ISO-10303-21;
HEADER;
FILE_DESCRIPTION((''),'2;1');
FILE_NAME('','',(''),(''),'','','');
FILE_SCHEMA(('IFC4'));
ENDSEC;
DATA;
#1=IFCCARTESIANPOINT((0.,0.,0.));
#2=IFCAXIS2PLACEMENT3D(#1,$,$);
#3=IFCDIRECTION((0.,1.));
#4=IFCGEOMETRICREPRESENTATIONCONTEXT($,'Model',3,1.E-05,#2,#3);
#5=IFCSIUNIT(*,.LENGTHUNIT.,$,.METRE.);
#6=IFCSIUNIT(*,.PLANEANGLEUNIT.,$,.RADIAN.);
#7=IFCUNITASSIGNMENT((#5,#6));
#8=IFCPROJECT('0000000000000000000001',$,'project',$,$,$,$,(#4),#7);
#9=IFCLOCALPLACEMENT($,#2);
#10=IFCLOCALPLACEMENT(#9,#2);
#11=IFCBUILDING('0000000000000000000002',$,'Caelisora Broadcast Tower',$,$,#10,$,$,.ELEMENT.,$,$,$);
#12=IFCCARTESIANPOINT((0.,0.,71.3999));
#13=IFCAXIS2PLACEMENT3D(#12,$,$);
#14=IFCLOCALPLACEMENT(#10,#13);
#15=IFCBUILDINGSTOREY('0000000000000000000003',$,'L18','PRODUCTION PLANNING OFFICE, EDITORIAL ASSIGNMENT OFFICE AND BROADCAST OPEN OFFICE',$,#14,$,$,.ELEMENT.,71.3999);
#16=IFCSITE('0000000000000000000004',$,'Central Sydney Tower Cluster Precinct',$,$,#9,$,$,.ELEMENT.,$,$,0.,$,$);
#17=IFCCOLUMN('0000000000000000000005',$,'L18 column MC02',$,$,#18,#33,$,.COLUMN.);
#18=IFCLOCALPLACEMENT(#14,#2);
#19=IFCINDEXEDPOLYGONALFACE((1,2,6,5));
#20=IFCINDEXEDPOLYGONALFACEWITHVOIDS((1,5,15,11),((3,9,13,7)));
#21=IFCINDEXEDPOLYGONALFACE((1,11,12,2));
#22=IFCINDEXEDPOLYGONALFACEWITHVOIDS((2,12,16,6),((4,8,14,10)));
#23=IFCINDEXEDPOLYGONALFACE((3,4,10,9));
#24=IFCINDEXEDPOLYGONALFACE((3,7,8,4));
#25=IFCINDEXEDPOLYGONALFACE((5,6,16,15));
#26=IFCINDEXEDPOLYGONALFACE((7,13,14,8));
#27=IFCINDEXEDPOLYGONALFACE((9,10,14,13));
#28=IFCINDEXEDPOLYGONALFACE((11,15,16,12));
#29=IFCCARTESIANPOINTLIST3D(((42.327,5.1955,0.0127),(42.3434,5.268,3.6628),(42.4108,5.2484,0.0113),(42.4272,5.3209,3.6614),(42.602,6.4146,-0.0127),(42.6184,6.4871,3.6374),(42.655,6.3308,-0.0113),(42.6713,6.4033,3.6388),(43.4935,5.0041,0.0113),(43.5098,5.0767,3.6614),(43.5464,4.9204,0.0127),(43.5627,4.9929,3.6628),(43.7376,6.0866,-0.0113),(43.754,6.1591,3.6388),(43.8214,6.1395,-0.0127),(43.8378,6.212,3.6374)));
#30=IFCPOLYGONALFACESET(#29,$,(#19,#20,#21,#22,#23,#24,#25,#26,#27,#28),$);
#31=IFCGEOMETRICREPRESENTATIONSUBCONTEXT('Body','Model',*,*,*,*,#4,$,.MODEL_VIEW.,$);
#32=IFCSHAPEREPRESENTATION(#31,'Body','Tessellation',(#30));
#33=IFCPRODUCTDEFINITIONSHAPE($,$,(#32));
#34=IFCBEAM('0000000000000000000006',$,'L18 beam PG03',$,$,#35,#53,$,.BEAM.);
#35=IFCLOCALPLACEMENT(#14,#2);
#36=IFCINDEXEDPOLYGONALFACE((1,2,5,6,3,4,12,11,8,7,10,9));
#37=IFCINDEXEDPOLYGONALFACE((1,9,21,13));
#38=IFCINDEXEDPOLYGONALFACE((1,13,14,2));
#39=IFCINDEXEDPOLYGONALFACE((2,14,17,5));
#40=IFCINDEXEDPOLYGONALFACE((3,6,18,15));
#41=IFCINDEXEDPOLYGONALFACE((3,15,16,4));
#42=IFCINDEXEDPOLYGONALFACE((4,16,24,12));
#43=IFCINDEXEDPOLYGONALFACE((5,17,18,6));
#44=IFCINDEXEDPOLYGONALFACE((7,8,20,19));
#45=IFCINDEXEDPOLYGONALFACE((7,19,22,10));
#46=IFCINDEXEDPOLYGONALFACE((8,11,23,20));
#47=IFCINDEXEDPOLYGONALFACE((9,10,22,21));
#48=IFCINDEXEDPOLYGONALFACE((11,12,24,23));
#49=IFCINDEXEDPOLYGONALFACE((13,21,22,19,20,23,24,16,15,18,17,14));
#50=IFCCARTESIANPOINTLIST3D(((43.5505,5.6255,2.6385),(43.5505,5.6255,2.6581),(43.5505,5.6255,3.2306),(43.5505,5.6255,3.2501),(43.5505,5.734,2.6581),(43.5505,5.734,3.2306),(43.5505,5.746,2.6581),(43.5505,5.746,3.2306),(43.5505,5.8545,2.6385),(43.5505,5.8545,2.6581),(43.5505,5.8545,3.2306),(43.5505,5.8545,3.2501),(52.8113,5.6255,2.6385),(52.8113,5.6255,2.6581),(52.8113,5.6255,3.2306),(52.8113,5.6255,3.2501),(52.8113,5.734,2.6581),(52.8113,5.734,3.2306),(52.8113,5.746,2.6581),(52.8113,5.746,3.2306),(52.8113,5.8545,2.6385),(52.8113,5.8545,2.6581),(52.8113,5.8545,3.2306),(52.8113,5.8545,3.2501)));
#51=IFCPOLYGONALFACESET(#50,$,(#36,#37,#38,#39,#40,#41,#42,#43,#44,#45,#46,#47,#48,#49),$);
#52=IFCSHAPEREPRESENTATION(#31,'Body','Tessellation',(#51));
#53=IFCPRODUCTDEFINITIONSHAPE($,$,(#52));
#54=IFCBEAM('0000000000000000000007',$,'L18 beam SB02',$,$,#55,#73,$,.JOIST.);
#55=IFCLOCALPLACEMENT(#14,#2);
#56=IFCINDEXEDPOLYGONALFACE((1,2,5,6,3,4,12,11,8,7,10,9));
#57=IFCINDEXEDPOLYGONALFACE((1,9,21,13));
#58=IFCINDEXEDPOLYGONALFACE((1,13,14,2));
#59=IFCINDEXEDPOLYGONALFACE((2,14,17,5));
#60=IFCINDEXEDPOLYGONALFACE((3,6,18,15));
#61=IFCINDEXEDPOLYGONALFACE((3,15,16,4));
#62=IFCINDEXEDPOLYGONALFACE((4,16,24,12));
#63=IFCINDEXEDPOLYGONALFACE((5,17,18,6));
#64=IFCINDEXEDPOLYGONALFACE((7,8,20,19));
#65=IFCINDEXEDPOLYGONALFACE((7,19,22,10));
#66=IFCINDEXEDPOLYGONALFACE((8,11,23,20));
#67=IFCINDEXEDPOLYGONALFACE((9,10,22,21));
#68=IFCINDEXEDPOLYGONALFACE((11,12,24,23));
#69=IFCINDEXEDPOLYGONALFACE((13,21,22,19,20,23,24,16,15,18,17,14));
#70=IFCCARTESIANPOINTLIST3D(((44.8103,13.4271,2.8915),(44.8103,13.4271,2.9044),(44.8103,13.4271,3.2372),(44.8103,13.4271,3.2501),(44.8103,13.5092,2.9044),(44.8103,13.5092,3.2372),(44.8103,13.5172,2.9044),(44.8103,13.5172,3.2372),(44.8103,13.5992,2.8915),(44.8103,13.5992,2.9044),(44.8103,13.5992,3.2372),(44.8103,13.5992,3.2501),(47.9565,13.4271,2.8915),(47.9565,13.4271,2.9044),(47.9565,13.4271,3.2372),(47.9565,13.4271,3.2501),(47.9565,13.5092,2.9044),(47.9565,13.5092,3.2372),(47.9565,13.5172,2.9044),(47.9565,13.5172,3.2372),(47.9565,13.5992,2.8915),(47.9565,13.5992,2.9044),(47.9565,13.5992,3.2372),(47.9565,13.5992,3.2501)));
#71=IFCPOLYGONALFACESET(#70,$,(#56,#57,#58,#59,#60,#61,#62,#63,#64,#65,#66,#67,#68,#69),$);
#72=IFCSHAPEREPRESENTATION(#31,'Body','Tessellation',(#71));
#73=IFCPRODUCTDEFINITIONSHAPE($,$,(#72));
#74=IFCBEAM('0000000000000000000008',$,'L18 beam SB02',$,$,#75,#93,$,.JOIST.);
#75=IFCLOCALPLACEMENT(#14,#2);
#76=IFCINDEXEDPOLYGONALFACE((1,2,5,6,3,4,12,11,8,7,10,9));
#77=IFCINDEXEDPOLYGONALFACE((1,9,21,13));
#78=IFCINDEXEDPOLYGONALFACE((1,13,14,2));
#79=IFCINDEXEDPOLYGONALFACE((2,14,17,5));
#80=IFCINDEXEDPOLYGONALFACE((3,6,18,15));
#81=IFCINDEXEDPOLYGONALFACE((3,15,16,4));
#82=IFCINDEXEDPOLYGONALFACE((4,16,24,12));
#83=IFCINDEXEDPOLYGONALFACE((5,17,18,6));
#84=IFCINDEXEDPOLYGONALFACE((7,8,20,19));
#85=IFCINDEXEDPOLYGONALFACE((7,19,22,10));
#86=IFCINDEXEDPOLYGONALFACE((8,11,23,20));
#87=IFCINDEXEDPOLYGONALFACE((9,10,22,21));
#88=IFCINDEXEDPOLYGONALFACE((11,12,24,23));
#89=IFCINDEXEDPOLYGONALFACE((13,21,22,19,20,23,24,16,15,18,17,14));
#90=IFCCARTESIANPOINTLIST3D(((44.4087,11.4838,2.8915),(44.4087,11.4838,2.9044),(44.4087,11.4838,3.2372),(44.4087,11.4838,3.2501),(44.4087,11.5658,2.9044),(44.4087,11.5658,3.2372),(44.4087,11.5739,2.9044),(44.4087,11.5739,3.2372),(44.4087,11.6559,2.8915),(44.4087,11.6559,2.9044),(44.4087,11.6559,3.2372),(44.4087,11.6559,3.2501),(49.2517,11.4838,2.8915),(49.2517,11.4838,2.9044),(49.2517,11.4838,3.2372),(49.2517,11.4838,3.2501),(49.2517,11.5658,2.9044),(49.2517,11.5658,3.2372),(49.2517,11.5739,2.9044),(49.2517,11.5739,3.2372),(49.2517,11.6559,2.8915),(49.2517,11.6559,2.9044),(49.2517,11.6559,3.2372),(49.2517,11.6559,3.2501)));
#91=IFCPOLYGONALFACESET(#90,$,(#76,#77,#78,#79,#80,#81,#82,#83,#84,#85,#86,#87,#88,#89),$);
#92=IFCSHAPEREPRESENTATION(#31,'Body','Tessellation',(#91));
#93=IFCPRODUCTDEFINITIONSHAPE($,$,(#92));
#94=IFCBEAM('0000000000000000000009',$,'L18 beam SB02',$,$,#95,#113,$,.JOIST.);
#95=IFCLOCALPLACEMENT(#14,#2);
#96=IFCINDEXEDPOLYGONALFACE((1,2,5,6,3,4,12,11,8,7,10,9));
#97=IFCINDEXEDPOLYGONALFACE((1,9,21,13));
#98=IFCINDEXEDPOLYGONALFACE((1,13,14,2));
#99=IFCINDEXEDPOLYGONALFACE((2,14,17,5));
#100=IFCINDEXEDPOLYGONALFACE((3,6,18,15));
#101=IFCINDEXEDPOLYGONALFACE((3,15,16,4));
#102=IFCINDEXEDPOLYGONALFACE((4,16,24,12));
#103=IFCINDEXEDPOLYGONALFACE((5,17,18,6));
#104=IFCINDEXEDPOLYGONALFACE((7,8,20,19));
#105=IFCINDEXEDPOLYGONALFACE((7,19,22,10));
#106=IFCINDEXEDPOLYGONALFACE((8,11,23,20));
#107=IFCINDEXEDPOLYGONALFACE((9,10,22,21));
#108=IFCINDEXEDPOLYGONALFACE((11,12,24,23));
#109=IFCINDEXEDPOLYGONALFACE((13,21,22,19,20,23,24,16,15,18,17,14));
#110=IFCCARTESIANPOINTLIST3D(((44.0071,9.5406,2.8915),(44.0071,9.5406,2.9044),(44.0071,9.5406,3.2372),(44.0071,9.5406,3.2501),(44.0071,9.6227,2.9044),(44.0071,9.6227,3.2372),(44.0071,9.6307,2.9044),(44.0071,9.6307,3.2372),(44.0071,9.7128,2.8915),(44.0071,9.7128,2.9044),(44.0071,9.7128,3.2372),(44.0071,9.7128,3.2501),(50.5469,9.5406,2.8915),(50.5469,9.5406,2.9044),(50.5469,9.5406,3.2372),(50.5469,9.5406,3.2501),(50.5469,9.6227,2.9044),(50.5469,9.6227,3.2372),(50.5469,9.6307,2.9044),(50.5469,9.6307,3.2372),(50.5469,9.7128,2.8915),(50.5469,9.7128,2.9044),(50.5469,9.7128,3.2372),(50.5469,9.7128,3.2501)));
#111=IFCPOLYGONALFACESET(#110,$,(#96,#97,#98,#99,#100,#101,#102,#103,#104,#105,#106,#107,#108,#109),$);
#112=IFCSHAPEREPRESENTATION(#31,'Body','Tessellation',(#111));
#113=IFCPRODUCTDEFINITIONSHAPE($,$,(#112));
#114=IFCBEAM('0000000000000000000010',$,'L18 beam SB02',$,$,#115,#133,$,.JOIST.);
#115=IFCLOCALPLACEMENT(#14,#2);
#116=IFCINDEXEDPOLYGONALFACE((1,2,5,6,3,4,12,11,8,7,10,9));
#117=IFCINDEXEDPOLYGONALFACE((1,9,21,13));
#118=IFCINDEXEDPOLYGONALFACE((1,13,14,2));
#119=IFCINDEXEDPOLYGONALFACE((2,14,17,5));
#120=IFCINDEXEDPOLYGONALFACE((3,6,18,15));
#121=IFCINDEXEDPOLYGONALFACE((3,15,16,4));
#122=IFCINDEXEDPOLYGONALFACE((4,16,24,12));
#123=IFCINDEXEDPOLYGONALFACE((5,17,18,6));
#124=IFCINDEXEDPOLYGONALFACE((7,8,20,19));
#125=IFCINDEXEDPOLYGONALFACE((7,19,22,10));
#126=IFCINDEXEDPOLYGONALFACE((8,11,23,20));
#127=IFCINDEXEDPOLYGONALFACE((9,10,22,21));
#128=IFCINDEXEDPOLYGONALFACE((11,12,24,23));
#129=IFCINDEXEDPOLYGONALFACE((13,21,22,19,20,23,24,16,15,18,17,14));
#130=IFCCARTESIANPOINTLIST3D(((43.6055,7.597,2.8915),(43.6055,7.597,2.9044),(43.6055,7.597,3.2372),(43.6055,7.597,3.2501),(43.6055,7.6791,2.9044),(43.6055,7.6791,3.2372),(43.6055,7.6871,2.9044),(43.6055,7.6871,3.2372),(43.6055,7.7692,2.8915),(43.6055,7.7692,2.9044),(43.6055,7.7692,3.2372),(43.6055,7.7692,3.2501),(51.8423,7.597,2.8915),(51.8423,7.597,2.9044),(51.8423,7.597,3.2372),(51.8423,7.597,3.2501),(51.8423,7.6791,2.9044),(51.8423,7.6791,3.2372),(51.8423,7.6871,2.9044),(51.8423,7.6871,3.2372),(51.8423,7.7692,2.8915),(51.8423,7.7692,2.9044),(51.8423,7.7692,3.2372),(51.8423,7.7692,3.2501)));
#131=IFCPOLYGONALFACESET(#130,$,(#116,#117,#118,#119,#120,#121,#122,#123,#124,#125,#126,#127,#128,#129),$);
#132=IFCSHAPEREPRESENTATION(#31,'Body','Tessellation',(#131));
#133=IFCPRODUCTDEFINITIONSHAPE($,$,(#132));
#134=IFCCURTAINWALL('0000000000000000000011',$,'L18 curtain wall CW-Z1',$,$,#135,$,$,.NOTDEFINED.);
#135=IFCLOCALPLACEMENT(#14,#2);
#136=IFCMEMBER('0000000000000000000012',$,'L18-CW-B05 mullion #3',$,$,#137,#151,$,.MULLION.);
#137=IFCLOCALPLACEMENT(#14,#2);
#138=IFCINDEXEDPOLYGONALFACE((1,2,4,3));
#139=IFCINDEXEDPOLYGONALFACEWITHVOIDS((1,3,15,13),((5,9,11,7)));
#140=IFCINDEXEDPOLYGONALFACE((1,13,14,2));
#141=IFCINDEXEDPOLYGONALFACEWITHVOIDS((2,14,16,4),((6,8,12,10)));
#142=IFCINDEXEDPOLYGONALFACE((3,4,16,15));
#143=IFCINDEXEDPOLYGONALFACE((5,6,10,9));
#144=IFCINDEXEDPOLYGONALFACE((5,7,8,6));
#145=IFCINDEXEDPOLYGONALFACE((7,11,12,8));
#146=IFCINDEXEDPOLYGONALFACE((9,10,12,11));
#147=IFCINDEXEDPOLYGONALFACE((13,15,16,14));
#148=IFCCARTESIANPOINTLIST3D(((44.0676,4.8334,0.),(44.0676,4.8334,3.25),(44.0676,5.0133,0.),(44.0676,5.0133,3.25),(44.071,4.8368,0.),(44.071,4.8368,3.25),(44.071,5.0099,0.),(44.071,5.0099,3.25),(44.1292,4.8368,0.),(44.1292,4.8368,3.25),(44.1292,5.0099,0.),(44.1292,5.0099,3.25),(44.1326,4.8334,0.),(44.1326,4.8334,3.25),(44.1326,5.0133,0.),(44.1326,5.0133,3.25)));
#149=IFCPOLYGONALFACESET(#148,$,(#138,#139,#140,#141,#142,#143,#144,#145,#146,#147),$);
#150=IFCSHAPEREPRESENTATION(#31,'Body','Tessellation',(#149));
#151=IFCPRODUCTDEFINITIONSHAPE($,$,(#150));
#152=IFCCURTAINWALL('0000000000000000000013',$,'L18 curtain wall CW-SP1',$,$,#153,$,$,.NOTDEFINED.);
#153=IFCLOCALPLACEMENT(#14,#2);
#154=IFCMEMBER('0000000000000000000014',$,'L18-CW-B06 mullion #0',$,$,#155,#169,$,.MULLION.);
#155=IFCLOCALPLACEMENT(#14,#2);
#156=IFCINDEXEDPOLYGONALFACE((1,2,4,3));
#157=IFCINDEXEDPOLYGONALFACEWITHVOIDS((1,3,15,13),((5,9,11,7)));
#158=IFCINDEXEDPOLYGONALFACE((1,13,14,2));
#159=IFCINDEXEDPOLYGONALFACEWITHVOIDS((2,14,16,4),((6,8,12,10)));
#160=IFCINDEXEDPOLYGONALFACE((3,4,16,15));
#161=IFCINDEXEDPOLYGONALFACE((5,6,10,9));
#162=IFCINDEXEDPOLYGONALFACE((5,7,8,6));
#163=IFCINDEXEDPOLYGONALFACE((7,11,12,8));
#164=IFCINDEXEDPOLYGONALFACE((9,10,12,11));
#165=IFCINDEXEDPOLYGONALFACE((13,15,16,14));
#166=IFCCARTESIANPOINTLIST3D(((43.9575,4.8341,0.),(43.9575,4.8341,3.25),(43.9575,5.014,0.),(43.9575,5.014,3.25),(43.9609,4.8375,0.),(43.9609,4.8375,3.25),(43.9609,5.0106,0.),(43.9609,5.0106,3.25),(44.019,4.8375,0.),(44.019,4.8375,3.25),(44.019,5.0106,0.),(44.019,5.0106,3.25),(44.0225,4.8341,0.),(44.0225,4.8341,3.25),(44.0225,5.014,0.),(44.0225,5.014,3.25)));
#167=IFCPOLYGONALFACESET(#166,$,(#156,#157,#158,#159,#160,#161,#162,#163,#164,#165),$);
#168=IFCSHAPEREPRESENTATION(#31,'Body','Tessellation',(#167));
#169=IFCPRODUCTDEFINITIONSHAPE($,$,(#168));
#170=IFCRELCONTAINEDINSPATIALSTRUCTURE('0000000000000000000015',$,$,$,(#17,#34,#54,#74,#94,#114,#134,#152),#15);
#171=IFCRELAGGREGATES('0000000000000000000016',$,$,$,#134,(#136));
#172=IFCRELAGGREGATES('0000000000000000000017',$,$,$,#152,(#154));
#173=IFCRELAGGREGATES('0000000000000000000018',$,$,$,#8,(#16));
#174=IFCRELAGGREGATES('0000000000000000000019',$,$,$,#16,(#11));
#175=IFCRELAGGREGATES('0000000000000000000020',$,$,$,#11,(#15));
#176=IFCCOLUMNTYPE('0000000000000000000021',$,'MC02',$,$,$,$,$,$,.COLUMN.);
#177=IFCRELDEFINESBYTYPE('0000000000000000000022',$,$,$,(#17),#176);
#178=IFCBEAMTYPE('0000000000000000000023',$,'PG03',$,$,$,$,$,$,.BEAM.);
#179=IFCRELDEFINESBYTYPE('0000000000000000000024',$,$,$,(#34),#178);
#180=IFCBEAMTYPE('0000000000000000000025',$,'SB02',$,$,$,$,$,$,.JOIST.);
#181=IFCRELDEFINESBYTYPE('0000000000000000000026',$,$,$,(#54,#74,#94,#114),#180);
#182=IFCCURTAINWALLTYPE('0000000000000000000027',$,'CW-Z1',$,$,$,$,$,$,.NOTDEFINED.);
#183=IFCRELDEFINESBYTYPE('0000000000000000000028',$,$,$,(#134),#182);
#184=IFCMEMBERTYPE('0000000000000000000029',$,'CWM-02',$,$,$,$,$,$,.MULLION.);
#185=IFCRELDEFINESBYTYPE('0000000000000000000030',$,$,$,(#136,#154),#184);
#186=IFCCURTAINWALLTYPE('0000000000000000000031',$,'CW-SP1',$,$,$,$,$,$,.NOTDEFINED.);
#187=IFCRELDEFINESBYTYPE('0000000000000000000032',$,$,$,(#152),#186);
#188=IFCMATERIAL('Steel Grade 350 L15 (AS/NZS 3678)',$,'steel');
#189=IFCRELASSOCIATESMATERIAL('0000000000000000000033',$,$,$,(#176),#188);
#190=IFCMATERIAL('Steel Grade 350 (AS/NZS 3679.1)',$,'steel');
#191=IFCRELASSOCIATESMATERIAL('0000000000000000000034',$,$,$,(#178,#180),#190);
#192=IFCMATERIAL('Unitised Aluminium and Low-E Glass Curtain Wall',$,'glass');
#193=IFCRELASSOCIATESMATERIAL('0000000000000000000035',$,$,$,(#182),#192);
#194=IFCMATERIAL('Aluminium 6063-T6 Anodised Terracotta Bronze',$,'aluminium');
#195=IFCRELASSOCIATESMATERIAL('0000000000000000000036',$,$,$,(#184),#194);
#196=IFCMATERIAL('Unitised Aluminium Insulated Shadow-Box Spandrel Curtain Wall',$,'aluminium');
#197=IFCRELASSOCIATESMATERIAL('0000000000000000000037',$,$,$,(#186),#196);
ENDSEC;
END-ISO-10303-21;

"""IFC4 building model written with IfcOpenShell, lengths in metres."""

from ifc_helpers import new_model, si_unit, direction, frame, origin, origin_2d, place, context, subcontext, project, spatial, hollow_rectangle, i_section, extrude, source, transform, mapped, material, material_profile, profile_set, type_object, type_shapes, element, aggregate, save


model = new_model("IFC4")

# Units and contexts
model_context = context("Model", 3, precision=1e-05, world=origin(), true_north=direction((0.0, 1.0)))
body_context = subcontext(model_context, "Body", "Model", "MODEL_VIEW")
ifc_project = project(units=[si_unit("LENGTHUNIT", "METRE"), si_unit("PLANEANGLEUNIT", "RADIAN")], contexts=[model_context])

# Site, building, storey
site_placement = place(None, origin())
site = spatial("IfcSite", under=ifc_project, at=site_placement, Name="Central Sydney Tower Cluster Precinct", CompositionType="ELEMENT", RefElevation=0.0)
building_placement = place(site_placement, origin())
building = spatial("IfcBuilding", under=site, at=building_placement, Name="Caelisora Broadcast Tower", CompositionType="ELEMENT")
storey_placement = place(building_placement, frame((0.0, 0.0, 71.3999)))
storey = spatial("IfcBuildingStorey", under=building, at=storey_placement, Name="L18", Description="PRODUCTION PLANNING OFFICE, EDITORIAL ASSIGNMENT OFFICE AND BROADCAST OPEN OFFICE", CompositionType="ELEMENT", Elevation=71.3999)

# Column
ifc_material_1 = material(Name="Steel Grade 350 L15 (AS/NZS 3678)", Category="steel")
ifc_material_profile_1 = material_profile(ifc_material_1, hollow_rectangle(XDim=1.25, YDim=1.25, WallThickness=0.0701, at=origin_2d()), Name="Steel Grade 350 L15 (AS/NZS 3678)")
ifc_profile_set_1 = profile_set([ifc_material_profile_1], Name="Steel Grade 350 L15 (AS/NZS 3678)")
column_type = type_object("IfcColumnType", Name="MC02", PredefinedType="COLUMN", material=ifc_profile_set_1)
shared_shape_1 = source(origin(), body_context, "Body", "SweptSolid", [
    extrude(hollow_rectangle(XDim=1.25, YDim=1.25, WallThickness=0.0701, at=origin_2d()), origin(), (0.0, 0.0, 1.0), 3.6509),
])
type_shapes(column_type, [shared_shape_1])
column_placement = place(storey_placement, frame((43.0742, 5.6675, 0.0), z_axis=(0.00448, 0.019861, 0.999793), x_axis=(-0.975487, 0.220059, 0.0)))
element("IfcColumn", 1, at=column_placement, inside=storey, type_object=column_type, Name="L18 column MC02", PredefinedType="COLUMN", context=body_context, shape_type="MappedRepresentation", body=[
    mapped(shared_shape_1, transform((0.0, 0.0, 0.0), scale=1.0)),
])

# Beams
ifc_material_2 = material(Name="Steel Grade 350 (AS/NZS 3679.1)", Category="steel")
ifc_material_profile_2 = material_profile(ifc_material_2, i_section(OverallWidth=0.229, OverallDepth=0.6116, WebThickness=0.012, FlangeThickness=0.0195, at=origin_2d()), Name="Steel Grade 350 (AS/NZS 3679.1)")
ifc_profile_set_2 = profile_set([ifc_material_profile_2], Name="Steel Grade 350 (AS/NZS 3679.1)")
beam_type_1 = type_object("IfcBeamType", Name="PG03", PredefinedType="BEAM", material=ifc_profile_set_2)
shared_shape_2 = source(origin(), body_context, "Body", "SweptSolid", [
    extrude(i_section(OverallWidth=0.229, OverallDepth=0.6116, WebThickness=0.012, FlangeThickness=0.0195, at=origin_2d()), origin(), (0.0, 0.0, 1.0), 9.2607),
])
type_shapes(beam_type_1, [shared_shape_2])
beam_1_placement = place(storey_placement, frame((43.5505, 5.74, 2.9443), z_axis=(1.0, 0.0, 0.0), x_axis=(0.0, 1.0, 0.0)))
element("IfcBeam", 2, at=beam_1_placement, inside=storey, type_object=beam_type_1, Name="L18 beam PG03", PredefinedType="BEAM", context=body_context, shape_type="MappedRepresentation", body=[
    mapped(shared_shape_2, transform((0.0, 0.0, 0.0), scale=1.0)),
])
ifc_material_profile_3 = material_profile(ifc_material_2, i_section(OverallWidth=0.1721, OverallDepth=0.3586, WebThickness=0.0081, FlangeThickness=0.0129, at=origin_2d()), Name="Steel Grade 350 (AS/NZS 3679.1)")
ifc_profile_set_3 = profile_set([ifc_material_profile_3], Name="Steel Grade 350 (AS/NZS 3679.1)")
beam_type_2 = type_object("IfcBeamType", Name="SB02", PredefinedType="JOIST", material=ifc_profile_set_3)
shared_shape_3 = source(origin(), body_context, "Body", "SweptSolid", [
    extrude(i_section(OverallWidth=0.1721, OverallDepth=0.3586, WebThickness=0.0081, FlangeThickness=0.0129, at=origin_2d()), origin(), (0.0, 0.0, 1.0), 3.1462),
])
beam_2_placement = place(storey_placement, frame((44.8103, 13.5132, 3.0708), z_axis=(1.0, 0.0, 0.0), x_axis=(0.0, 1.0, 0.0)))
element("IfcBeam", 3, at=beam_2_placement, inside=storey, type_object=beam_type_2, Name="L18 beam SB02", PredefinedType="JOIST", context=body_context, shape_type="MappedRepresentation", body=[
    mapped(shared_shape_3, transform((0.0, 0.0, 0.0), scale=1.0)),
])
shared_shape_4 = source(origin(), body_context, "Body", "SweptSolid", [
    extrude(i_section(OverallWidth=0.1721, OverallDepth=0.3586, WebThickness=0.0081, FlangeThickness=0.0129, at=origin_2d()), origin(), (0.0, 0.0, 1.0), 4.843),
])
beam_3_placement = place(storey_placement, frame((44.4087, 11.5698, 3.0708), z_axis=(1.0, 0.0, 0.0), x_axis=(0.0, 1.0, 0.0)))
element("IfcBeam", 4, at=beam_3_placement, inside=storey, type_object=beam_type_2, Name="L18 beam SB02", PredefinedType="JOIST", context=body_context, shape_type="MappedRepresentation", body=[
    mapped(shared_shape_4, transform((0.0, 0.0, 0.0), scale=1.0)),
])
shared_shape_5 = source(origin(), body_context, "Body", "SweptSolid", [
    extrude(i_section(OverallWidth=0.1721, OverallDepth=0.3586, WebThickness=0.0081, FlangeThickness=0.0129, at=origin_2d()), origin(), (0.0, 0.0, 1.0), 6.5398),
])
beam_4_placement = place(storey_placement, frame((44.0071, 9.6267, 3.0708), z_axis=(1.0, 0.0, 0.0), x_axis=(0.0, 1.0, 0.0)))
element("IfcBeam", 5, at=beam_4_placement, inside=storey, type_object=beam_type_2, Name="L18 beam SB02", PredefinedType="JOIST", context=body_context, shape_type="MappedRepresentation", body=[
    mapped(shared_shape_5, transform((0.0, 0.0, 0.0), scale=1.0)),
])
shared_shape_6 = source(origin(), body_context, "Body", "SweptSolid", [
    extrude(i_section(OverallWidth=0.1721, OverallDepth=0.3586, WebThickness=0.0081, FlangeThickness=0.0129, at=origin_2d()), origin(), (0.0, 0.0, 1.0), 8.2368),
])
type_shapes(beam_type_2, [shared_shape_3, shared_shape_4, shared_shape_5, shared_shape_6])
beam_5_placement = place(storey_placement, frame((43.6055, 7.6831, 3.0708), z_axis=(1.0, 0.0, 0.0), x_axis=(0.0, 1.0, 0.0)))
element("IfcBeam", 6, at=beam_5_placement, inside=storey, type_object=beam_type_2, Name="L18 beam SB02", PredefinedType="JOIST", context=body_context, shape_type="MappedRepresentation", body=[
    mapped(shared_shape_6, transform((0.0, 0.0, 0.0), scale=1.0)),
])

# Curtain wall, member
ifc_material_3 = material(Name="Unitised Aluminium and Low-E Glass Curtain Wall", Category="glass")
curtain_wall_type_1 = type_object("IfcCurtainWallType", Name="CW-Z1", PredefinedType="NOTDEFINED", material=ifc_material_3)
curtain_wall_1_placement = place(storey_placement, origin())
curtain_wall_1 = element("IfcCurtainWall", 7, at=curtain_wall_1_placement, inside=storey, type_object=curtain_wall_type_1, Name="L18 curtain wall CW-Z1", PredefinedType="NOTDEFINED")
ifc_material_4 = material(Name="Aluminium 6063-T6 Anodised Terracotta Bronze", Category="aluminium")
ifc_material_profile_4 = material_profile(ifc_material_4, hollow_rectangle(XDim=0.0649, YDim=0.1799, WallThickness=0.0034, at=origin_2d()), Name="Aluminium 6063-T6 Anodised Terracotta Bronze")
ifc_profile_set_4 = profile_set([ifc_material_profile_4], Name="Aluminium 6063-T6 Anodised Terracotta Bronze")
member_type_1 = type_object("IfcMemberType", Name="CWM-02", PredefinedType="MULLION", material=ifc_profile_set_4)
shared_shape_7 = source(origin(), body_context, "Body", "SweptSolid", [
    extrude(hollow_rectangle(XDim=0.0649, YDim=0.1799, WallThickness=0.0034, at=origin_2d()), origin(), (0.0, 0.0, 1.0), 3.25),
])
type_shapes(member_type_1, [shared_shape_7])
member_1_placement = place(storey_placement, frame((44.1001, 4.9233, 0.0), z_axis=(0.0, 0.0, 1.0), x_axis=(1.0, 0.0, 0.0)))
member_1 = element("IfcMember", 8, at=member_1_placement, type_object=member_type_1, Name="L18-CW-B05 mullion #3", PredefinedType="MULLION", context=body_context, shape_type="MappedRepresentation", body=[
    mapped(shared_shape_7, transform((0.0, 0.0, 0.0), scale=1.0)),
])
aggregate(curtain_wall_1, [member_1])

# Curtain wall, member
ifc_material_5 = material(Name="Unitised Aluminium Insulated Shadow-Box Spandrel Curtain Wall", Category="aluminium")
curtain_wall_type_2 = type_object("IfcCurtainWallType", Name="CW-SP1", PredefinedType="NOTDEFINED", material=ifc_material_5)
curtain_wall_2_placement = place(storey_placement, origin())
curtain_wall_2 = element("IfcCurtainWall", 9, at=curtain_wall_2_placement, inside=storey, type_object=curtain_wall_type_2, Name="L18 curtain wall CW-SP1", PredefinedType="NOTDEFINED")
member_2_placement = place(storey_placement, frame((43.99, 4.9241, 0.0), z_axis=(0.0, 0.0, 1.0), x_axis=(1.0, 0.0, 0.0)))
member_2 = element("IfcMember", 10, at=member_2_placement, type_object=member_type_1, Name="L18-CW-B06 mullion #0", PredefinedType="MULLION", context=body_context, shape_type="MappedRepresentation", body=[
    mapped(shared_shape_7, transform((0.0, 0.0, 0.0), scale=1.0)),
])

aggregate(curtain_wall_2, [member_2])

save(model, "model.ifc")
